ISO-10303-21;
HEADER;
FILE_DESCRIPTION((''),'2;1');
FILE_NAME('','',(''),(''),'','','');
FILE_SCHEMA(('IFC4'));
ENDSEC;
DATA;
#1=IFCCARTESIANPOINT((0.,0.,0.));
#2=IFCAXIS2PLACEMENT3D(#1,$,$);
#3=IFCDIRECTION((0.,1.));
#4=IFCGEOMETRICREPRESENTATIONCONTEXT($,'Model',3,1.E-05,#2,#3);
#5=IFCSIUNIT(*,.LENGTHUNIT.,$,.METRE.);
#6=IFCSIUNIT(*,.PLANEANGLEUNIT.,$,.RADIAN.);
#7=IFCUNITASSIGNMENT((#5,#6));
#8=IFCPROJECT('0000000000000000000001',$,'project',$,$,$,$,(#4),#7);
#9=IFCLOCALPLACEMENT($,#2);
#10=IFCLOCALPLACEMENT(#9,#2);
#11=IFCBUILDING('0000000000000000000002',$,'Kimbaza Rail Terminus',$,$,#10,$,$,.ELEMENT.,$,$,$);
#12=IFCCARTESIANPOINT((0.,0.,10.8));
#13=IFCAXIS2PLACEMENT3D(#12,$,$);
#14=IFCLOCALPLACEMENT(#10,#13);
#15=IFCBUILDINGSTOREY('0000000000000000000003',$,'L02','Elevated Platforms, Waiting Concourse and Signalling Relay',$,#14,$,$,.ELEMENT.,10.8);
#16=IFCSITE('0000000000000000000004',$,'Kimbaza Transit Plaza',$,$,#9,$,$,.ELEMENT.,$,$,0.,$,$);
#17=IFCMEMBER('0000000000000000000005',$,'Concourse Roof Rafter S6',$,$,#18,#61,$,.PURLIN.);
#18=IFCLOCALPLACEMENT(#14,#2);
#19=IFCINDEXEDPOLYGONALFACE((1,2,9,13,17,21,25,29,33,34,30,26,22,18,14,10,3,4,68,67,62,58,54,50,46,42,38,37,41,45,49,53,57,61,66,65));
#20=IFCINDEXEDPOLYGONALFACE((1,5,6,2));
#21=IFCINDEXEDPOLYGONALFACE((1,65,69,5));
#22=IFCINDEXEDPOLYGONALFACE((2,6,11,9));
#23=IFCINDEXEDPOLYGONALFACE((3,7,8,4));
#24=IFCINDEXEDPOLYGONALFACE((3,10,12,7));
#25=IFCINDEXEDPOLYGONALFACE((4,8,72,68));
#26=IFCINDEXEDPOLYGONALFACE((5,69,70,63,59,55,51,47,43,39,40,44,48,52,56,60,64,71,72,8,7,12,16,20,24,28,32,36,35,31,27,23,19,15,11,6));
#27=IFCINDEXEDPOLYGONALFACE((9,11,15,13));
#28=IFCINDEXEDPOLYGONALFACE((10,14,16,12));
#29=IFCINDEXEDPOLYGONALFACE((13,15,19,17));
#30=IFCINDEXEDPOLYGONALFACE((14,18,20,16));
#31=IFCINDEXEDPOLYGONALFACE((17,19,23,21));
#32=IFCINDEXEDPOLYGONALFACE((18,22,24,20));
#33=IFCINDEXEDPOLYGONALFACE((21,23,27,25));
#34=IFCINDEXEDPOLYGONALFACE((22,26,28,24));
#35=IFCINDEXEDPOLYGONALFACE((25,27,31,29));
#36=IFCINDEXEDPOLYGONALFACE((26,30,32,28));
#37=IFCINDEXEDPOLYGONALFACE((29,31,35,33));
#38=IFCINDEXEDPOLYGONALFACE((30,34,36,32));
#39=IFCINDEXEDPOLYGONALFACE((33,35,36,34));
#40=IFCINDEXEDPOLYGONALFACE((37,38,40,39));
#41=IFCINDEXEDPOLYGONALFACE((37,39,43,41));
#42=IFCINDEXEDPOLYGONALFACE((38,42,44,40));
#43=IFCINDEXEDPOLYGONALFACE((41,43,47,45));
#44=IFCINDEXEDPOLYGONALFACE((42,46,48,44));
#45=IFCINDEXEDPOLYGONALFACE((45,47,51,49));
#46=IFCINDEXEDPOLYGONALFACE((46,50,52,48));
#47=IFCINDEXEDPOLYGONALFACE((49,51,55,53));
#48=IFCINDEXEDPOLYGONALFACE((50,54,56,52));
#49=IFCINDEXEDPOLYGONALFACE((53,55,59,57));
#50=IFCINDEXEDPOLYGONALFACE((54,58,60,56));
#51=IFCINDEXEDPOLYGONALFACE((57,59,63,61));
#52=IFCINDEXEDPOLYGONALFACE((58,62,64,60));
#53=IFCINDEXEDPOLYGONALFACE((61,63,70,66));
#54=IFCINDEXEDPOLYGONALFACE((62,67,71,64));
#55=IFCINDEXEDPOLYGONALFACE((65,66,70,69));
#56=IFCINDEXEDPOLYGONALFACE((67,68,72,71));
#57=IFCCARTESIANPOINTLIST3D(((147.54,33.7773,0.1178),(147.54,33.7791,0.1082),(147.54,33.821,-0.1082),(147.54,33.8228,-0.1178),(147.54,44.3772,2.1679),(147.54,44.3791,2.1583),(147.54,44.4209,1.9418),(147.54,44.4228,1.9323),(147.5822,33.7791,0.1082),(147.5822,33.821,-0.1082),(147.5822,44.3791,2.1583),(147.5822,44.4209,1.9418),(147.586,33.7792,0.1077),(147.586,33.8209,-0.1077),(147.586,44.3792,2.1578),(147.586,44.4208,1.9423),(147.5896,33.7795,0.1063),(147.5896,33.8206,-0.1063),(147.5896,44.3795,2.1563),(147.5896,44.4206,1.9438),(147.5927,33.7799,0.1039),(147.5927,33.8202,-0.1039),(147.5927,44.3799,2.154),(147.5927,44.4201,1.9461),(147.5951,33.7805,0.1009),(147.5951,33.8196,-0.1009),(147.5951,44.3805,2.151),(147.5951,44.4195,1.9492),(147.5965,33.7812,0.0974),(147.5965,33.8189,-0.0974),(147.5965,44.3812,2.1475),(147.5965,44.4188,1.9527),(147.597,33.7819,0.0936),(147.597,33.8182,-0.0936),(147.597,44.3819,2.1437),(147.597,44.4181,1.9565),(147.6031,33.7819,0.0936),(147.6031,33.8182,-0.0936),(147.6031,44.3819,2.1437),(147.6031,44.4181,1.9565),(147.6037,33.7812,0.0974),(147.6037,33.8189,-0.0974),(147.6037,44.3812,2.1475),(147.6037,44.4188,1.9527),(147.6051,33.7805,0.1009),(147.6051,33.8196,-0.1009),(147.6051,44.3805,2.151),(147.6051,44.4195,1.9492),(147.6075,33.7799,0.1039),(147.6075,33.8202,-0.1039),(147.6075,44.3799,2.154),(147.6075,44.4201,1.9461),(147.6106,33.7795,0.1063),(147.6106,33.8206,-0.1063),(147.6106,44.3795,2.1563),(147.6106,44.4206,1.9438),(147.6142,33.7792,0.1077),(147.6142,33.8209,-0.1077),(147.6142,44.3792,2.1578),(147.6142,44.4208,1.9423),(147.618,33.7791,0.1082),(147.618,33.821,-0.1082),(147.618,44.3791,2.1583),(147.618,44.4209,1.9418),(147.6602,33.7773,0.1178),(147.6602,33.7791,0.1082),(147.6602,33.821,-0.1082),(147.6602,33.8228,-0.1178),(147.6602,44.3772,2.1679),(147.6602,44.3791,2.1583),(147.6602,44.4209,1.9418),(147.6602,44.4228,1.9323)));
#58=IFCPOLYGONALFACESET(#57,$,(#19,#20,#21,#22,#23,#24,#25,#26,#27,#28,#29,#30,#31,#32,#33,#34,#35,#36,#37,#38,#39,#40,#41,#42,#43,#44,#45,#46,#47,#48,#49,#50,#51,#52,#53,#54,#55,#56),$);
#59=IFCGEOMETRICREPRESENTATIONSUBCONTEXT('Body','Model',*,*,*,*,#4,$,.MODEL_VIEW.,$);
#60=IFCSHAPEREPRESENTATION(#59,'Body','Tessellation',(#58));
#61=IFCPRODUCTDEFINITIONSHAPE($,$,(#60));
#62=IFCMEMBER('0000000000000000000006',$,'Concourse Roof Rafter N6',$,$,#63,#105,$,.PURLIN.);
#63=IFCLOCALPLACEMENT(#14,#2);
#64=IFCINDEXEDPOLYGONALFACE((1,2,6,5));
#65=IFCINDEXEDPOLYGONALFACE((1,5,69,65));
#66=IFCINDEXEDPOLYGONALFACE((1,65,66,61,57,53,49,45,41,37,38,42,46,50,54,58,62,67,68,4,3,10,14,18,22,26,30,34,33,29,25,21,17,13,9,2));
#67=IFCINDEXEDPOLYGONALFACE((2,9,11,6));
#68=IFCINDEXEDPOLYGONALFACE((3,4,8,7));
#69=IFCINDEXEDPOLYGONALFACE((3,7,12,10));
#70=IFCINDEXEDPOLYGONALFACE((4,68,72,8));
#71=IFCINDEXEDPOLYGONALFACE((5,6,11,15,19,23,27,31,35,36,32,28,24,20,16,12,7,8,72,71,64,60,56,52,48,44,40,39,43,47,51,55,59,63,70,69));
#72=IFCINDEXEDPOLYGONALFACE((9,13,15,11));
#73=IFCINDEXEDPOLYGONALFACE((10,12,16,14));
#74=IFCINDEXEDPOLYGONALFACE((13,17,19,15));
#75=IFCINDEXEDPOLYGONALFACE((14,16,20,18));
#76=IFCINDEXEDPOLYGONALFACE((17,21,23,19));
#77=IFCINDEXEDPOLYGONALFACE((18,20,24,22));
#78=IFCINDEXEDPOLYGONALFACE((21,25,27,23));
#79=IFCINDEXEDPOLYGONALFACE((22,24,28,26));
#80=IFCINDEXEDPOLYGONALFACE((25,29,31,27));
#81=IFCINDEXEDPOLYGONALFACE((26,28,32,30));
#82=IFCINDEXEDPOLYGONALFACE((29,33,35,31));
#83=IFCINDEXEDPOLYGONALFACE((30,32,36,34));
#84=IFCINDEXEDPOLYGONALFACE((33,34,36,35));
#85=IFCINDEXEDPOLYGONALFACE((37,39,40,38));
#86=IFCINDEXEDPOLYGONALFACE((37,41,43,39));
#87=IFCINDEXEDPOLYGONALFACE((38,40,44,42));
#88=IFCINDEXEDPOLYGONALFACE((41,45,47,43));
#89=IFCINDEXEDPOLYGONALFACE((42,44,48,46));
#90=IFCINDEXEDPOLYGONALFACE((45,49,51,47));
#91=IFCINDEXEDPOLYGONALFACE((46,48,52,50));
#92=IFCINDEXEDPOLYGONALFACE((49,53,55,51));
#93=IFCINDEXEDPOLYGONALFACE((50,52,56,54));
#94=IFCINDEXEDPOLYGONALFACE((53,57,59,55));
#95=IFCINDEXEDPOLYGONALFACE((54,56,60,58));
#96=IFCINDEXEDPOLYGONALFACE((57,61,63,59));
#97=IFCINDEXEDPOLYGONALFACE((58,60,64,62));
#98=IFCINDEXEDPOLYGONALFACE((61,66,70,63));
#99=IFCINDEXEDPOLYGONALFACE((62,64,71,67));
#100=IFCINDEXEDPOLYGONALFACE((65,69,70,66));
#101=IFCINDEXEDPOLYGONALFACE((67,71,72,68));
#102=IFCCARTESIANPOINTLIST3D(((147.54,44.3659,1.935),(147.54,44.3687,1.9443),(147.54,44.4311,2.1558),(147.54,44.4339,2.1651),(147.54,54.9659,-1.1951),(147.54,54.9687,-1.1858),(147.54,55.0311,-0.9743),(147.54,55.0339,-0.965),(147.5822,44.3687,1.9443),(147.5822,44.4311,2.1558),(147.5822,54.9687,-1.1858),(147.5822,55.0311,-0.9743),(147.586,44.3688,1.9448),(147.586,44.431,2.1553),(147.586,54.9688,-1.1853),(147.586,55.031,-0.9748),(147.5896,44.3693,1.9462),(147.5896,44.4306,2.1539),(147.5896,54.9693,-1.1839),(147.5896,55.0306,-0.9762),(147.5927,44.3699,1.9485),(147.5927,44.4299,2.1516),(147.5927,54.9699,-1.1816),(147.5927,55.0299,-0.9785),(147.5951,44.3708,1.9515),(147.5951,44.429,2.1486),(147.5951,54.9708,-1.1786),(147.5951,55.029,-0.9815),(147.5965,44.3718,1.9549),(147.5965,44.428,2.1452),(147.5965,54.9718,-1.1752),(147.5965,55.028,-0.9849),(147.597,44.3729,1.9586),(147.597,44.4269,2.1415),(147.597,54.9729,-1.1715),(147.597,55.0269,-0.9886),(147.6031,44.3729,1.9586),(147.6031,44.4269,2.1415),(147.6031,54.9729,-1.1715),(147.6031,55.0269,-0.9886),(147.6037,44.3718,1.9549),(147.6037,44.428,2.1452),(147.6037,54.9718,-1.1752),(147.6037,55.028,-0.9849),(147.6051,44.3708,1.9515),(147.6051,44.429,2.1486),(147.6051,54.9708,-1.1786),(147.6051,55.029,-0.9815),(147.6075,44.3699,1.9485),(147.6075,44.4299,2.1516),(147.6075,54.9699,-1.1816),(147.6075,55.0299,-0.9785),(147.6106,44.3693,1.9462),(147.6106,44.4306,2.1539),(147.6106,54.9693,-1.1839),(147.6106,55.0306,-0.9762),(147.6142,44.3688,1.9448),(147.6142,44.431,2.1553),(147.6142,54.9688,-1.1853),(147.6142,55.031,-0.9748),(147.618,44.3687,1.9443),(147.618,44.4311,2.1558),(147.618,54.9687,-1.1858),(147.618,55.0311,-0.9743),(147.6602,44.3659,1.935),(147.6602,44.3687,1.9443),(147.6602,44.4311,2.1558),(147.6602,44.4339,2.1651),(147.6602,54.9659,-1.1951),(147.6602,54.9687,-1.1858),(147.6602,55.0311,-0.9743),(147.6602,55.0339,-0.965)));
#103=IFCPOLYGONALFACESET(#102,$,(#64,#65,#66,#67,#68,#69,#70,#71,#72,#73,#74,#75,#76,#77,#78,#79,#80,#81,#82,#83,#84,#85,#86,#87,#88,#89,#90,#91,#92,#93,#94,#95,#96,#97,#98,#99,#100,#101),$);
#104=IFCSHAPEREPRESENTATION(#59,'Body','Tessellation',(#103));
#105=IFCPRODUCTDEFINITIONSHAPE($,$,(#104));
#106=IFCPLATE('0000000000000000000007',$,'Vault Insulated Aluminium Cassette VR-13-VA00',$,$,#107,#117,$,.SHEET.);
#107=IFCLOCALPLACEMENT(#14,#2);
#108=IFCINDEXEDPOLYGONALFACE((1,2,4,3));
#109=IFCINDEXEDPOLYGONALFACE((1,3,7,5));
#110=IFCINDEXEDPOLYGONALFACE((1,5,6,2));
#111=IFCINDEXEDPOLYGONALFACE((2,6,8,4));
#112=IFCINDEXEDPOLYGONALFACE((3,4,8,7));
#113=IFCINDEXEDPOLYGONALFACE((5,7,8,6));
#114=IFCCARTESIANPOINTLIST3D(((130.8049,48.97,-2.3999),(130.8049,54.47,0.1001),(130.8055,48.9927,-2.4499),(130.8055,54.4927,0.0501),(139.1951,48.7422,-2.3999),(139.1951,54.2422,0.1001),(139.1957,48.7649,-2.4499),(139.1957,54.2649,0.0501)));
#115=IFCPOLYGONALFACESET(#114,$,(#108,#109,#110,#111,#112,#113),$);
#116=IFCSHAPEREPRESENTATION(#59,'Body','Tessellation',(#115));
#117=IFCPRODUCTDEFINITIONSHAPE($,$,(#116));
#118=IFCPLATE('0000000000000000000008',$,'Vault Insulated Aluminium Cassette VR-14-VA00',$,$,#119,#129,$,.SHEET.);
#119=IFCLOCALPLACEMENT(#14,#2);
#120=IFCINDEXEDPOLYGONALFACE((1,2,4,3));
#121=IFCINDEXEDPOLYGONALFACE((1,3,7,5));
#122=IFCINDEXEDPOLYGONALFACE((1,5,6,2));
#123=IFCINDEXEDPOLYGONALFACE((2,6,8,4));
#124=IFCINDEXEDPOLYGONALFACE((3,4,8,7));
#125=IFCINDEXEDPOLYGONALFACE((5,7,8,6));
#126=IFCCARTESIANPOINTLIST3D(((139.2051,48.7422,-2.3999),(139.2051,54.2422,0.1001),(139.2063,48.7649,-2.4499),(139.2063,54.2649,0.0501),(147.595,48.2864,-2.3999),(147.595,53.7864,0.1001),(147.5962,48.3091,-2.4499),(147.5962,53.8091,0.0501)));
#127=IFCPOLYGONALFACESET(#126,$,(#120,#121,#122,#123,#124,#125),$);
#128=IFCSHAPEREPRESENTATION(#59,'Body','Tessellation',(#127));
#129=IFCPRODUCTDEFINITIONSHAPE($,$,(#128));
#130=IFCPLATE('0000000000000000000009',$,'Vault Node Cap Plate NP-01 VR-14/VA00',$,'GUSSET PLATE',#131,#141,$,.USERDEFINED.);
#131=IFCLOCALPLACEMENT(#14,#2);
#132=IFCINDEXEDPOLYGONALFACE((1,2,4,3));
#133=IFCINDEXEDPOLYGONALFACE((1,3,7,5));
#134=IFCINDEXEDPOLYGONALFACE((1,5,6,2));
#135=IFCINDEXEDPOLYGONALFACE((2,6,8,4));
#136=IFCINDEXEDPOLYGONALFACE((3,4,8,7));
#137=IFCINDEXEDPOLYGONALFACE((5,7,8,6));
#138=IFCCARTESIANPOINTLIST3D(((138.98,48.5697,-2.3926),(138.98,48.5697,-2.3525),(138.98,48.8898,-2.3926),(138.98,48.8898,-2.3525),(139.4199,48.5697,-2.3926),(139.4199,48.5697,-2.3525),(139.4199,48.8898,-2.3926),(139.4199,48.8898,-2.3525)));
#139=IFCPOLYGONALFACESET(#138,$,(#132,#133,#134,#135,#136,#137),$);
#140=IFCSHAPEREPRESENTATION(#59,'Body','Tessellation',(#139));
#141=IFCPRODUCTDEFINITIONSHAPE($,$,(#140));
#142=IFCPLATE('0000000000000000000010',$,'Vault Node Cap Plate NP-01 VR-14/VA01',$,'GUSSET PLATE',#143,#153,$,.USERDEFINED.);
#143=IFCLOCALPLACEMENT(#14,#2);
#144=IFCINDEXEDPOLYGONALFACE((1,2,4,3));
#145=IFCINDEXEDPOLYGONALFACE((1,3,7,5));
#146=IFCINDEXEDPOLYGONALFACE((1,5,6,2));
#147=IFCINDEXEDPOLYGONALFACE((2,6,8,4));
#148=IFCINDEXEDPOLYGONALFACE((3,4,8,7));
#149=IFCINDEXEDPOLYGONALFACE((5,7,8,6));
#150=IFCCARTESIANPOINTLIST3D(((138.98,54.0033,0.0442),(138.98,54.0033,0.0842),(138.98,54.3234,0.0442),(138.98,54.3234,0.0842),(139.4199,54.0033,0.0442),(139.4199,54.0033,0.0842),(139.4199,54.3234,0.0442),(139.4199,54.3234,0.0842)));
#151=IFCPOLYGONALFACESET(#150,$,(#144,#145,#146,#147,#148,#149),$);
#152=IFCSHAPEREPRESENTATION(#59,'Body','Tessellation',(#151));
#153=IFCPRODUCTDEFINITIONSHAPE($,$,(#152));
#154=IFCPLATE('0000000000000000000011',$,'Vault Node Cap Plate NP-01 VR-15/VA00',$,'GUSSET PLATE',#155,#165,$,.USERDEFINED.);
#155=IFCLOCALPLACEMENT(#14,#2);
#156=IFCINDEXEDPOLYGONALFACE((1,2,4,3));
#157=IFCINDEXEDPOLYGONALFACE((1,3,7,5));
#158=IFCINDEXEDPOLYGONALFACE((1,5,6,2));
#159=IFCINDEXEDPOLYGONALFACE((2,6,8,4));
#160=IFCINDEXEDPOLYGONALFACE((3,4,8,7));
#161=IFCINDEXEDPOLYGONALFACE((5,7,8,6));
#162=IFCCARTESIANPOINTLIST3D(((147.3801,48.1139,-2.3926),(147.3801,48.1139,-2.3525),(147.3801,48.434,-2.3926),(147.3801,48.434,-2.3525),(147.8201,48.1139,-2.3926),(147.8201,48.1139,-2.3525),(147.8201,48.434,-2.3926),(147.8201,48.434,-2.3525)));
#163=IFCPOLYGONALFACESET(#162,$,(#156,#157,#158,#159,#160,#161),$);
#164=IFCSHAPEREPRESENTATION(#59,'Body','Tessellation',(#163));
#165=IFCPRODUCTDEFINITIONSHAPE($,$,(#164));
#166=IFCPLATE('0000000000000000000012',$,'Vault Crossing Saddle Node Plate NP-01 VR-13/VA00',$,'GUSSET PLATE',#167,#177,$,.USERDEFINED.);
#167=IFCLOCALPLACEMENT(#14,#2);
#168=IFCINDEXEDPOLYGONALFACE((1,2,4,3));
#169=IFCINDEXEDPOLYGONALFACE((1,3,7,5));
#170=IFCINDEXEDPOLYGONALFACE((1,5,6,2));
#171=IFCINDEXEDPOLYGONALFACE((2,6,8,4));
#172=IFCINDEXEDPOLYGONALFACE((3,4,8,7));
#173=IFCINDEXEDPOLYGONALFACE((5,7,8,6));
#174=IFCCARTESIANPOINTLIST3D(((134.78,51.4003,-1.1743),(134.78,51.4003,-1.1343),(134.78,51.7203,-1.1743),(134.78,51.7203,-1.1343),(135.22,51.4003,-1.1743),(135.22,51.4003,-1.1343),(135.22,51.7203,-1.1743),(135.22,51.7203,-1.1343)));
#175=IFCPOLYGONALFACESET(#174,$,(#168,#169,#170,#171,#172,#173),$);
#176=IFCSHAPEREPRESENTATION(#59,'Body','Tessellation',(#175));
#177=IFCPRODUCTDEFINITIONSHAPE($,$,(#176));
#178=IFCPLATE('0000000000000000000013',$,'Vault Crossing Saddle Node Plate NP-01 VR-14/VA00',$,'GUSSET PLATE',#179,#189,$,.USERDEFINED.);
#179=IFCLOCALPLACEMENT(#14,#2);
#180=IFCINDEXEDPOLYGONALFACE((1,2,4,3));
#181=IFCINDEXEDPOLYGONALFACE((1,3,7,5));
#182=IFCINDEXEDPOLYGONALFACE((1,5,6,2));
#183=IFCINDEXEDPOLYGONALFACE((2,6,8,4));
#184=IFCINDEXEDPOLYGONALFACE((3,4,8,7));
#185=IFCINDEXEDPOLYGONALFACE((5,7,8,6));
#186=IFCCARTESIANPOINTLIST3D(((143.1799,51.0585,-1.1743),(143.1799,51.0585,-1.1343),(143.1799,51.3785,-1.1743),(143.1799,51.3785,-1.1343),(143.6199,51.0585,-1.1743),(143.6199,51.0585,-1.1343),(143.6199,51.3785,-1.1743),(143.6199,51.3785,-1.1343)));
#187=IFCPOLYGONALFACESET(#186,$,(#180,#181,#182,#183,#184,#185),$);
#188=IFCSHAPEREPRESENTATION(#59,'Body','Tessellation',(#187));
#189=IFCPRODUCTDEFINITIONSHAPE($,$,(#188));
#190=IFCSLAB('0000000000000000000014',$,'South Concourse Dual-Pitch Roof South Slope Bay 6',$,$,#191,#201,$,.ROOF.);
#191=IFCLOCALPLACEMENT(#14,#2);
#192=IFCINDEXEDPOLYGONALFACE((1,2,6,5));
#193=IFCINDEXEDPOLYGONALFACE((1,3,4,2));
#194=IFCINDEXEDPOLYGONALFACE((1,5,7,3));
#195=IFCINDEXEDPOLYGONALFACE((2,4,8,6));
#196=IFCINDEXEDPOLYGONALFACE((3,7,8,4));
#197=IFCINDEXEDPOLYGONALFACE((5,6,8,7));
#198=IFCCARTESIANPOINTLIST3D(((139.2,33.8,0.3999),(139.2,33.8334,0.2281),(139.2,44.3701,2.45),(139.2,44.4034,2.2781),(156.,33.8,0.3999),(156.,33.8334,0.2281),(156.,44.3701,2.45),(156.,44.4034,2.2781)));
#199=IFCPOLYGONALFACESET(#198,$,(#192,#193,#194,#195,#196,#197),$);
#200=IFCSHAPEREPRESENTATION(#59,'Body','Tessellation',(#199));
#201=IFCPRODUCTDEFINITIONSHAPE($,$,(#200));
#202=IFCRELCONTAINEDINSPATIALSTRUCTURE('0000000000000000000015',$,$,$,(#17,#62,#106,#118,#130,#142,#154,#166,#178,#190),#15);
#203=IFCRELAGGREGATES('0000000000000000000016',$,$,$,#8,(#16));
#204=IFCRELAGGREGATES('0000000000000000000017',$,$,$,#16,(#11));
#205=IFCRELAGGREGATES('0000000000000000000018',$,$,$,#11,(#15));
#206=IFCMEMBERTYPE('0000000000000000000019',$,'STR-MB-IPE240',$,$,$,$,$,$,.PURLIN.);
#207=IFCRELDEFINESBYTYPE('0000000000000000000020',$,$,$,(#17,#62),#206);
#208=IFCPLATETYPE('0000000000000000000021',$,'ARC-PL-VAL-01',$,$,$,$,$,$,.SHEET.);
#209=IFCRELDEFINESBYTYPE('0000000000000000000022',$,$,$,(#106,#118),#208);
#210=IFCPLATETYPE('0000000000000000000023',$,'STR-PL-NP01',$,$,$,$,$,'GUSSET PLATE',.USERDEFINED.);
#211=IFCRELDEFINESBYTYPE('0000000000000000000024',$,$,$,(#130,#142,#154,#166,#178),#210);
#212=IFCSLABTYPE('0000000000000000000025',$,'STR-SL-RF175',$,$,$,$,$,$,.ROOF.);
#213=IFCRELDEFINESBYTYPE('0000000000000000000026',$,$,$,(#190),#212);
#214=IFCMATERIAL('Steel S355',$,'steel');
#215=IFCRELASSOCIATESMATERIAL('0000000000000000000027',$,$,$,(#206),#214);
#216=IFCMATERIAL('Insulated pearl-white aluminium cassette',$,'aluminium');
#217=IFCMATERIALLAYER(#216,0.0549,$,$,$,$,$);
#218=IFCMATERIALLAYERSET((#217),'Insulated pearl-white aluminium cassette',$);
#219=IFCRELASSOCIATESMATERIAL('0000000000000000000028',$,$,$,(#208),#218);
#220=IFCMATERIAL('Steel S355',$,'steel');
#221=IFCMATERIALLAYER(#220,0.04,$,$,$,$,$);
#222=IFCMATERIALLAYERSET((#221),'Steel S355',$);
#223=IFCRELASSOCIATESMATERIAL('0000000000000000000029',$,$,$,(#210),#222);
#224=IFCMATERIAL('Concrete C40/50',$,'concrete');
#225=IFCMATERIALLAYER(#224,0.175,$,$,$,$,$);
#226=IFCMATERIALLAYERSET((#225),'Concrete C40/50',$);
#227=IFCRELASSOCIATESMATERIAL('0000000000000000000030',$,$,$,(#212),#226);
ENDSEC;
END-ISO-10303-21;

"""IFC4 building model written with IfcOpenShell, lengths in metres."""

from ifc_helpers import new_model, si_unit, direction, frame, origin, origin_2d, place, context, subcontext, project, spatial, polyline, rectangle, i_section, outline, extrude, material, layer, layer_set, material_profile, profile_set, type_object, element, save


model = new_model("IFC4")

# Units and contexts
model_context = context("Model", 3, precision=1e-05, world=origin(), true_north=direction((0.0, 1.0)))
body_context = subcontext(model_context, "Body", "Model", "MODEL_VIEW")
ifc_project = project(units=[si_unit("LENGTHUNIT", "METRE"), si_unit("PLANEANGLEUNIT", "RADIAN")], contexts=[model_context])

# Site, building, storey
site_placement = place(None, origin())
site = spatial("IfcSite", under=ifc_project, at=site_placement, Name="Kimbaza Transit Plaza", CompositionType="ELEMENT", RefElevation=0.0)
building_placement = place(site_placement, origin())
building = spatial("IfcBuilding", under=site, at=building_placement, Name="Kimbaza Rail Terminus", CompositionType="ELEMENT")
storey_placement = place(building_placement, frame((0.0, 0.0, 10.8)))
storey = spatial("IfcBuildingStorey", under=building, at=storey_placement, Name="L02", Description="Elevated Platforms, Waiting Concourse and Signalling Relay", CompositionType="ELEMENT", Elevation=10.8)

# Members
ifc_material_1 = material(Name="Steel S355", Category="steel")
ifc_material_profile_1 = material_profile(ifc_material_1, i_section(OverallWidth=0.1201, OverallDepth=0.24, WebThickness=0.0061, FlangeThickness=0.0098, FilletRadius=0.0149, at=origin_2d()), Name="IPE 240")
ifc_profile_set_1 = profile_set([ifc_material_profile_1], Name="Steel S355")
member_type_1 = type_object("IfcMemberType", Name="STR-MB-IPE240", PredefinedType="PURLIN", material=ifc_profile_set_1)
member_1_placement = place(storey_placement, frame((147.6001, 33.8, 0.0), z_axis=(0.0, 0.981806, 0.189885), x_axis=(-1.0, 0.0, 0.0)))
element("IfcMember", 1, at=member_1_placement, inside=storey, type_object=member_type_1, Name="Concourse Roof Rafter S6", PredefinedType="PURLIN", context=body_context, shape_type="SweptSolid", body=[
    extrude(i_section(OverallWidth=0.1201, OverallDepth=0.24, WebThickness=0.0061, FlangeThickness=0.0098, FilletRadius=0.0149, at=origin_2d()), origin(), (0.0, 0.0, 1.0), 10.7964),
])
member_2_placement = place(storey_placement, frame((147.6001, 44.3999, 2.05), z_axis=(0.0, 0.95906, -0.283203), x_axis=(-1.0, 0.0, 0.0)))
element("IfcMember", 2, at=member_2_placement, inside=storey, type_object=member_type_1, Name="Concourse Roof Rafter N6", PredefinedType="PURLIN", context=body_context, shape_type="SweptSolid", body=[
    extrude(i_section(OverallWidth=0.1201, OverallDepth=0.24, WebThickness=0.0061, FlangeThickness=0.0098, FilletRadius=0.0149, at=origin_2d()), origin(), (0.0, 0.0, 1.0), 11.0525),
])

# Plates
ifc_material_2 = material(Name="Insulated pearl-white aluminium cassette", Category="aluminium")
ifc_layer_1 = layer(ifc_material_2, 0.0549)
ifc_layer_set_1 = layer_set([ifc_layer_1], Name="Insulated pearl-white aluminium cassette")
plate_type_1 = type_object("IfcPlateType", Name="ARC-PL-VAL-01", PredefinedType="SHEET", material=ifc_layer_set_1)
plate_1_placement = place(storey_placement, frame((130.8049, 48.97, -2.3999), z_axis=(-0.011234, -0.413777, 0.910309), x_axis=(0.999632, -0.027139, 0.0)))
element("IfcPlate", 3, at=plate_1_placement, inside=storey, type_object=plate_type_1, Name="Vault Insulated Aluminium Cassette VR-13-VA00", PredefinedType="SHEET", context=body_context, shape_type="SweptSolid", body=[
    extrude(outline(polyline([(0.0, 0.0), (8.3932, 0.0), (8.244, 6.0397), (-0.1493, 6.0397), (0.0, 0.0)])), origin(), (0.0, 0.0, -1.0), 0.0549),
])
plate_2_placement = place(storey_placement, frame((139.2051, 48.7422, -2.3999), z_axis=(-0.022476, -0.413698, 0.910137), x_axis=(0.998527, -0.054249, 0.0)))
element("IfcPlate", 4, at=plate_2_placement, inside=storey, type_object=plate_type_1, Name="Vault Insulated Aluminium Cassette VR-14-VA00", PredefinedType="SHEET", context=body_context, shape_type="SweptSolid", body=[
    extrude(outline(polyline([(0.0, 0.0), (8.4023, 0.0), (8.1039, 6.0342), (-0.2984, 6.0342), (0.0, 0.0)])), origin(), (0.0, 0.0, -1.0), 0.0549),
])
ifc_material_3 = material(Name="Steel S355", Category="steel")
ifc_layer_2 = layer(ifc_material_3, 0.04)
ifc_layer_set_2 = layer_set([ifc_layer_2], Name="Steel S355")
plate_type_2 = type_object("IfcPlateType", Name="STR-PL-NP01", ElementType="GUSSET PLATE", PredefinedType="USERDEFINED", material=ifc_layer_set_2)
for number, where, z_axis, x_axis, name in (
    (5, (139.2, 48.7297, -2.3926), (0.0, 0.0, 1.0), (1.0, 0.0, 0.0), "Vault Node Cap Plate NP-01 VR-14/VA00"),
    (6, (139.2, 54.1633, 0.0442), (0.0, 0.0, 1.0), (1.0, 0.0, 0.0), "Vault Node Cap Plate NP-01 VR-14/VA01"),
    (7, (147.6001, 48.2739, -2.3926), (0.0, 0.0, 1.0), (1.0, 0.0, 0.0), "Vault Node Cap Plate NP-01 VR-15/VA00"),
    (8, (135.0, 51.5603, -1.1743), (0.0, 0.0, 1.0), (1.0, 0.0, 0.0), "Vault Crossing Saddle Node Plate NP-01 VR-13/VA00"),
    (9, (143.3999, 51.2185, -1.1743), (0.0, 0.0, 1.0), (1.0, 0.0, 0.0), "Vault Crossing Saddle Node Plate NP-01 VR-14/VA00"),
):
    element("IfcPlate", number, at=place(storey_placement, frame(where, z_axis=z_axis, x_axis=x_axis)), inside=storey, type_object=plate_type_2, Name=name, ObjectType="GUSSET PLATE", PredefinedType="USERDEFINED", context=body_context, shape_type="SweptSolid", body=[
        extrude(rectangle(XDim=0.4399, YDim=0.3201, at=origin_2d()), origin(), (0.0, 0.0, 1.0), 0.04),
    ])

# Slab
ifc_material_4 = material(Name="Concrete C40/50", Category="concrete")
ifc_layer_3 = layer(ifc_material_4, 0.175)
ifc_layer_set_3 = layer_set([ifc_layer_3], Name="Concrete C40/50")
slab_type = type_object("IfcSlabType", Name="STR-SL-RF175", PredefinedType="ROOF", material=ifc_layer_set_3)
for number, where, z_axis, x_axis, name in (
    (10, (139.2, 33.8, 0.3999), (0.0, -0.1904, 0.981706), (1.0, 0.0, 0.0), "South Concourse Dual-Pitch Roof South Slope Bay 6"),
):
    element("IfcSlab", number, at=place(storey_placement, frame(where, z_axis=z_axis, x_axis=x_axis)), inside=storey, type_object=slab_type, Name=name, PredefinedType="ROOF", context=body_context, shape_type="SweptSolid", body=[
        extrude(outline(polyline([(0.0, 0.0), (16.8, 0.0), (16.8, 10.767), (0.0, 10.767), (0.0, 0.0)])), origin(), (0.0, 0.0, -1.0), 0.175),
    ])

save(model, "model.ifc")
